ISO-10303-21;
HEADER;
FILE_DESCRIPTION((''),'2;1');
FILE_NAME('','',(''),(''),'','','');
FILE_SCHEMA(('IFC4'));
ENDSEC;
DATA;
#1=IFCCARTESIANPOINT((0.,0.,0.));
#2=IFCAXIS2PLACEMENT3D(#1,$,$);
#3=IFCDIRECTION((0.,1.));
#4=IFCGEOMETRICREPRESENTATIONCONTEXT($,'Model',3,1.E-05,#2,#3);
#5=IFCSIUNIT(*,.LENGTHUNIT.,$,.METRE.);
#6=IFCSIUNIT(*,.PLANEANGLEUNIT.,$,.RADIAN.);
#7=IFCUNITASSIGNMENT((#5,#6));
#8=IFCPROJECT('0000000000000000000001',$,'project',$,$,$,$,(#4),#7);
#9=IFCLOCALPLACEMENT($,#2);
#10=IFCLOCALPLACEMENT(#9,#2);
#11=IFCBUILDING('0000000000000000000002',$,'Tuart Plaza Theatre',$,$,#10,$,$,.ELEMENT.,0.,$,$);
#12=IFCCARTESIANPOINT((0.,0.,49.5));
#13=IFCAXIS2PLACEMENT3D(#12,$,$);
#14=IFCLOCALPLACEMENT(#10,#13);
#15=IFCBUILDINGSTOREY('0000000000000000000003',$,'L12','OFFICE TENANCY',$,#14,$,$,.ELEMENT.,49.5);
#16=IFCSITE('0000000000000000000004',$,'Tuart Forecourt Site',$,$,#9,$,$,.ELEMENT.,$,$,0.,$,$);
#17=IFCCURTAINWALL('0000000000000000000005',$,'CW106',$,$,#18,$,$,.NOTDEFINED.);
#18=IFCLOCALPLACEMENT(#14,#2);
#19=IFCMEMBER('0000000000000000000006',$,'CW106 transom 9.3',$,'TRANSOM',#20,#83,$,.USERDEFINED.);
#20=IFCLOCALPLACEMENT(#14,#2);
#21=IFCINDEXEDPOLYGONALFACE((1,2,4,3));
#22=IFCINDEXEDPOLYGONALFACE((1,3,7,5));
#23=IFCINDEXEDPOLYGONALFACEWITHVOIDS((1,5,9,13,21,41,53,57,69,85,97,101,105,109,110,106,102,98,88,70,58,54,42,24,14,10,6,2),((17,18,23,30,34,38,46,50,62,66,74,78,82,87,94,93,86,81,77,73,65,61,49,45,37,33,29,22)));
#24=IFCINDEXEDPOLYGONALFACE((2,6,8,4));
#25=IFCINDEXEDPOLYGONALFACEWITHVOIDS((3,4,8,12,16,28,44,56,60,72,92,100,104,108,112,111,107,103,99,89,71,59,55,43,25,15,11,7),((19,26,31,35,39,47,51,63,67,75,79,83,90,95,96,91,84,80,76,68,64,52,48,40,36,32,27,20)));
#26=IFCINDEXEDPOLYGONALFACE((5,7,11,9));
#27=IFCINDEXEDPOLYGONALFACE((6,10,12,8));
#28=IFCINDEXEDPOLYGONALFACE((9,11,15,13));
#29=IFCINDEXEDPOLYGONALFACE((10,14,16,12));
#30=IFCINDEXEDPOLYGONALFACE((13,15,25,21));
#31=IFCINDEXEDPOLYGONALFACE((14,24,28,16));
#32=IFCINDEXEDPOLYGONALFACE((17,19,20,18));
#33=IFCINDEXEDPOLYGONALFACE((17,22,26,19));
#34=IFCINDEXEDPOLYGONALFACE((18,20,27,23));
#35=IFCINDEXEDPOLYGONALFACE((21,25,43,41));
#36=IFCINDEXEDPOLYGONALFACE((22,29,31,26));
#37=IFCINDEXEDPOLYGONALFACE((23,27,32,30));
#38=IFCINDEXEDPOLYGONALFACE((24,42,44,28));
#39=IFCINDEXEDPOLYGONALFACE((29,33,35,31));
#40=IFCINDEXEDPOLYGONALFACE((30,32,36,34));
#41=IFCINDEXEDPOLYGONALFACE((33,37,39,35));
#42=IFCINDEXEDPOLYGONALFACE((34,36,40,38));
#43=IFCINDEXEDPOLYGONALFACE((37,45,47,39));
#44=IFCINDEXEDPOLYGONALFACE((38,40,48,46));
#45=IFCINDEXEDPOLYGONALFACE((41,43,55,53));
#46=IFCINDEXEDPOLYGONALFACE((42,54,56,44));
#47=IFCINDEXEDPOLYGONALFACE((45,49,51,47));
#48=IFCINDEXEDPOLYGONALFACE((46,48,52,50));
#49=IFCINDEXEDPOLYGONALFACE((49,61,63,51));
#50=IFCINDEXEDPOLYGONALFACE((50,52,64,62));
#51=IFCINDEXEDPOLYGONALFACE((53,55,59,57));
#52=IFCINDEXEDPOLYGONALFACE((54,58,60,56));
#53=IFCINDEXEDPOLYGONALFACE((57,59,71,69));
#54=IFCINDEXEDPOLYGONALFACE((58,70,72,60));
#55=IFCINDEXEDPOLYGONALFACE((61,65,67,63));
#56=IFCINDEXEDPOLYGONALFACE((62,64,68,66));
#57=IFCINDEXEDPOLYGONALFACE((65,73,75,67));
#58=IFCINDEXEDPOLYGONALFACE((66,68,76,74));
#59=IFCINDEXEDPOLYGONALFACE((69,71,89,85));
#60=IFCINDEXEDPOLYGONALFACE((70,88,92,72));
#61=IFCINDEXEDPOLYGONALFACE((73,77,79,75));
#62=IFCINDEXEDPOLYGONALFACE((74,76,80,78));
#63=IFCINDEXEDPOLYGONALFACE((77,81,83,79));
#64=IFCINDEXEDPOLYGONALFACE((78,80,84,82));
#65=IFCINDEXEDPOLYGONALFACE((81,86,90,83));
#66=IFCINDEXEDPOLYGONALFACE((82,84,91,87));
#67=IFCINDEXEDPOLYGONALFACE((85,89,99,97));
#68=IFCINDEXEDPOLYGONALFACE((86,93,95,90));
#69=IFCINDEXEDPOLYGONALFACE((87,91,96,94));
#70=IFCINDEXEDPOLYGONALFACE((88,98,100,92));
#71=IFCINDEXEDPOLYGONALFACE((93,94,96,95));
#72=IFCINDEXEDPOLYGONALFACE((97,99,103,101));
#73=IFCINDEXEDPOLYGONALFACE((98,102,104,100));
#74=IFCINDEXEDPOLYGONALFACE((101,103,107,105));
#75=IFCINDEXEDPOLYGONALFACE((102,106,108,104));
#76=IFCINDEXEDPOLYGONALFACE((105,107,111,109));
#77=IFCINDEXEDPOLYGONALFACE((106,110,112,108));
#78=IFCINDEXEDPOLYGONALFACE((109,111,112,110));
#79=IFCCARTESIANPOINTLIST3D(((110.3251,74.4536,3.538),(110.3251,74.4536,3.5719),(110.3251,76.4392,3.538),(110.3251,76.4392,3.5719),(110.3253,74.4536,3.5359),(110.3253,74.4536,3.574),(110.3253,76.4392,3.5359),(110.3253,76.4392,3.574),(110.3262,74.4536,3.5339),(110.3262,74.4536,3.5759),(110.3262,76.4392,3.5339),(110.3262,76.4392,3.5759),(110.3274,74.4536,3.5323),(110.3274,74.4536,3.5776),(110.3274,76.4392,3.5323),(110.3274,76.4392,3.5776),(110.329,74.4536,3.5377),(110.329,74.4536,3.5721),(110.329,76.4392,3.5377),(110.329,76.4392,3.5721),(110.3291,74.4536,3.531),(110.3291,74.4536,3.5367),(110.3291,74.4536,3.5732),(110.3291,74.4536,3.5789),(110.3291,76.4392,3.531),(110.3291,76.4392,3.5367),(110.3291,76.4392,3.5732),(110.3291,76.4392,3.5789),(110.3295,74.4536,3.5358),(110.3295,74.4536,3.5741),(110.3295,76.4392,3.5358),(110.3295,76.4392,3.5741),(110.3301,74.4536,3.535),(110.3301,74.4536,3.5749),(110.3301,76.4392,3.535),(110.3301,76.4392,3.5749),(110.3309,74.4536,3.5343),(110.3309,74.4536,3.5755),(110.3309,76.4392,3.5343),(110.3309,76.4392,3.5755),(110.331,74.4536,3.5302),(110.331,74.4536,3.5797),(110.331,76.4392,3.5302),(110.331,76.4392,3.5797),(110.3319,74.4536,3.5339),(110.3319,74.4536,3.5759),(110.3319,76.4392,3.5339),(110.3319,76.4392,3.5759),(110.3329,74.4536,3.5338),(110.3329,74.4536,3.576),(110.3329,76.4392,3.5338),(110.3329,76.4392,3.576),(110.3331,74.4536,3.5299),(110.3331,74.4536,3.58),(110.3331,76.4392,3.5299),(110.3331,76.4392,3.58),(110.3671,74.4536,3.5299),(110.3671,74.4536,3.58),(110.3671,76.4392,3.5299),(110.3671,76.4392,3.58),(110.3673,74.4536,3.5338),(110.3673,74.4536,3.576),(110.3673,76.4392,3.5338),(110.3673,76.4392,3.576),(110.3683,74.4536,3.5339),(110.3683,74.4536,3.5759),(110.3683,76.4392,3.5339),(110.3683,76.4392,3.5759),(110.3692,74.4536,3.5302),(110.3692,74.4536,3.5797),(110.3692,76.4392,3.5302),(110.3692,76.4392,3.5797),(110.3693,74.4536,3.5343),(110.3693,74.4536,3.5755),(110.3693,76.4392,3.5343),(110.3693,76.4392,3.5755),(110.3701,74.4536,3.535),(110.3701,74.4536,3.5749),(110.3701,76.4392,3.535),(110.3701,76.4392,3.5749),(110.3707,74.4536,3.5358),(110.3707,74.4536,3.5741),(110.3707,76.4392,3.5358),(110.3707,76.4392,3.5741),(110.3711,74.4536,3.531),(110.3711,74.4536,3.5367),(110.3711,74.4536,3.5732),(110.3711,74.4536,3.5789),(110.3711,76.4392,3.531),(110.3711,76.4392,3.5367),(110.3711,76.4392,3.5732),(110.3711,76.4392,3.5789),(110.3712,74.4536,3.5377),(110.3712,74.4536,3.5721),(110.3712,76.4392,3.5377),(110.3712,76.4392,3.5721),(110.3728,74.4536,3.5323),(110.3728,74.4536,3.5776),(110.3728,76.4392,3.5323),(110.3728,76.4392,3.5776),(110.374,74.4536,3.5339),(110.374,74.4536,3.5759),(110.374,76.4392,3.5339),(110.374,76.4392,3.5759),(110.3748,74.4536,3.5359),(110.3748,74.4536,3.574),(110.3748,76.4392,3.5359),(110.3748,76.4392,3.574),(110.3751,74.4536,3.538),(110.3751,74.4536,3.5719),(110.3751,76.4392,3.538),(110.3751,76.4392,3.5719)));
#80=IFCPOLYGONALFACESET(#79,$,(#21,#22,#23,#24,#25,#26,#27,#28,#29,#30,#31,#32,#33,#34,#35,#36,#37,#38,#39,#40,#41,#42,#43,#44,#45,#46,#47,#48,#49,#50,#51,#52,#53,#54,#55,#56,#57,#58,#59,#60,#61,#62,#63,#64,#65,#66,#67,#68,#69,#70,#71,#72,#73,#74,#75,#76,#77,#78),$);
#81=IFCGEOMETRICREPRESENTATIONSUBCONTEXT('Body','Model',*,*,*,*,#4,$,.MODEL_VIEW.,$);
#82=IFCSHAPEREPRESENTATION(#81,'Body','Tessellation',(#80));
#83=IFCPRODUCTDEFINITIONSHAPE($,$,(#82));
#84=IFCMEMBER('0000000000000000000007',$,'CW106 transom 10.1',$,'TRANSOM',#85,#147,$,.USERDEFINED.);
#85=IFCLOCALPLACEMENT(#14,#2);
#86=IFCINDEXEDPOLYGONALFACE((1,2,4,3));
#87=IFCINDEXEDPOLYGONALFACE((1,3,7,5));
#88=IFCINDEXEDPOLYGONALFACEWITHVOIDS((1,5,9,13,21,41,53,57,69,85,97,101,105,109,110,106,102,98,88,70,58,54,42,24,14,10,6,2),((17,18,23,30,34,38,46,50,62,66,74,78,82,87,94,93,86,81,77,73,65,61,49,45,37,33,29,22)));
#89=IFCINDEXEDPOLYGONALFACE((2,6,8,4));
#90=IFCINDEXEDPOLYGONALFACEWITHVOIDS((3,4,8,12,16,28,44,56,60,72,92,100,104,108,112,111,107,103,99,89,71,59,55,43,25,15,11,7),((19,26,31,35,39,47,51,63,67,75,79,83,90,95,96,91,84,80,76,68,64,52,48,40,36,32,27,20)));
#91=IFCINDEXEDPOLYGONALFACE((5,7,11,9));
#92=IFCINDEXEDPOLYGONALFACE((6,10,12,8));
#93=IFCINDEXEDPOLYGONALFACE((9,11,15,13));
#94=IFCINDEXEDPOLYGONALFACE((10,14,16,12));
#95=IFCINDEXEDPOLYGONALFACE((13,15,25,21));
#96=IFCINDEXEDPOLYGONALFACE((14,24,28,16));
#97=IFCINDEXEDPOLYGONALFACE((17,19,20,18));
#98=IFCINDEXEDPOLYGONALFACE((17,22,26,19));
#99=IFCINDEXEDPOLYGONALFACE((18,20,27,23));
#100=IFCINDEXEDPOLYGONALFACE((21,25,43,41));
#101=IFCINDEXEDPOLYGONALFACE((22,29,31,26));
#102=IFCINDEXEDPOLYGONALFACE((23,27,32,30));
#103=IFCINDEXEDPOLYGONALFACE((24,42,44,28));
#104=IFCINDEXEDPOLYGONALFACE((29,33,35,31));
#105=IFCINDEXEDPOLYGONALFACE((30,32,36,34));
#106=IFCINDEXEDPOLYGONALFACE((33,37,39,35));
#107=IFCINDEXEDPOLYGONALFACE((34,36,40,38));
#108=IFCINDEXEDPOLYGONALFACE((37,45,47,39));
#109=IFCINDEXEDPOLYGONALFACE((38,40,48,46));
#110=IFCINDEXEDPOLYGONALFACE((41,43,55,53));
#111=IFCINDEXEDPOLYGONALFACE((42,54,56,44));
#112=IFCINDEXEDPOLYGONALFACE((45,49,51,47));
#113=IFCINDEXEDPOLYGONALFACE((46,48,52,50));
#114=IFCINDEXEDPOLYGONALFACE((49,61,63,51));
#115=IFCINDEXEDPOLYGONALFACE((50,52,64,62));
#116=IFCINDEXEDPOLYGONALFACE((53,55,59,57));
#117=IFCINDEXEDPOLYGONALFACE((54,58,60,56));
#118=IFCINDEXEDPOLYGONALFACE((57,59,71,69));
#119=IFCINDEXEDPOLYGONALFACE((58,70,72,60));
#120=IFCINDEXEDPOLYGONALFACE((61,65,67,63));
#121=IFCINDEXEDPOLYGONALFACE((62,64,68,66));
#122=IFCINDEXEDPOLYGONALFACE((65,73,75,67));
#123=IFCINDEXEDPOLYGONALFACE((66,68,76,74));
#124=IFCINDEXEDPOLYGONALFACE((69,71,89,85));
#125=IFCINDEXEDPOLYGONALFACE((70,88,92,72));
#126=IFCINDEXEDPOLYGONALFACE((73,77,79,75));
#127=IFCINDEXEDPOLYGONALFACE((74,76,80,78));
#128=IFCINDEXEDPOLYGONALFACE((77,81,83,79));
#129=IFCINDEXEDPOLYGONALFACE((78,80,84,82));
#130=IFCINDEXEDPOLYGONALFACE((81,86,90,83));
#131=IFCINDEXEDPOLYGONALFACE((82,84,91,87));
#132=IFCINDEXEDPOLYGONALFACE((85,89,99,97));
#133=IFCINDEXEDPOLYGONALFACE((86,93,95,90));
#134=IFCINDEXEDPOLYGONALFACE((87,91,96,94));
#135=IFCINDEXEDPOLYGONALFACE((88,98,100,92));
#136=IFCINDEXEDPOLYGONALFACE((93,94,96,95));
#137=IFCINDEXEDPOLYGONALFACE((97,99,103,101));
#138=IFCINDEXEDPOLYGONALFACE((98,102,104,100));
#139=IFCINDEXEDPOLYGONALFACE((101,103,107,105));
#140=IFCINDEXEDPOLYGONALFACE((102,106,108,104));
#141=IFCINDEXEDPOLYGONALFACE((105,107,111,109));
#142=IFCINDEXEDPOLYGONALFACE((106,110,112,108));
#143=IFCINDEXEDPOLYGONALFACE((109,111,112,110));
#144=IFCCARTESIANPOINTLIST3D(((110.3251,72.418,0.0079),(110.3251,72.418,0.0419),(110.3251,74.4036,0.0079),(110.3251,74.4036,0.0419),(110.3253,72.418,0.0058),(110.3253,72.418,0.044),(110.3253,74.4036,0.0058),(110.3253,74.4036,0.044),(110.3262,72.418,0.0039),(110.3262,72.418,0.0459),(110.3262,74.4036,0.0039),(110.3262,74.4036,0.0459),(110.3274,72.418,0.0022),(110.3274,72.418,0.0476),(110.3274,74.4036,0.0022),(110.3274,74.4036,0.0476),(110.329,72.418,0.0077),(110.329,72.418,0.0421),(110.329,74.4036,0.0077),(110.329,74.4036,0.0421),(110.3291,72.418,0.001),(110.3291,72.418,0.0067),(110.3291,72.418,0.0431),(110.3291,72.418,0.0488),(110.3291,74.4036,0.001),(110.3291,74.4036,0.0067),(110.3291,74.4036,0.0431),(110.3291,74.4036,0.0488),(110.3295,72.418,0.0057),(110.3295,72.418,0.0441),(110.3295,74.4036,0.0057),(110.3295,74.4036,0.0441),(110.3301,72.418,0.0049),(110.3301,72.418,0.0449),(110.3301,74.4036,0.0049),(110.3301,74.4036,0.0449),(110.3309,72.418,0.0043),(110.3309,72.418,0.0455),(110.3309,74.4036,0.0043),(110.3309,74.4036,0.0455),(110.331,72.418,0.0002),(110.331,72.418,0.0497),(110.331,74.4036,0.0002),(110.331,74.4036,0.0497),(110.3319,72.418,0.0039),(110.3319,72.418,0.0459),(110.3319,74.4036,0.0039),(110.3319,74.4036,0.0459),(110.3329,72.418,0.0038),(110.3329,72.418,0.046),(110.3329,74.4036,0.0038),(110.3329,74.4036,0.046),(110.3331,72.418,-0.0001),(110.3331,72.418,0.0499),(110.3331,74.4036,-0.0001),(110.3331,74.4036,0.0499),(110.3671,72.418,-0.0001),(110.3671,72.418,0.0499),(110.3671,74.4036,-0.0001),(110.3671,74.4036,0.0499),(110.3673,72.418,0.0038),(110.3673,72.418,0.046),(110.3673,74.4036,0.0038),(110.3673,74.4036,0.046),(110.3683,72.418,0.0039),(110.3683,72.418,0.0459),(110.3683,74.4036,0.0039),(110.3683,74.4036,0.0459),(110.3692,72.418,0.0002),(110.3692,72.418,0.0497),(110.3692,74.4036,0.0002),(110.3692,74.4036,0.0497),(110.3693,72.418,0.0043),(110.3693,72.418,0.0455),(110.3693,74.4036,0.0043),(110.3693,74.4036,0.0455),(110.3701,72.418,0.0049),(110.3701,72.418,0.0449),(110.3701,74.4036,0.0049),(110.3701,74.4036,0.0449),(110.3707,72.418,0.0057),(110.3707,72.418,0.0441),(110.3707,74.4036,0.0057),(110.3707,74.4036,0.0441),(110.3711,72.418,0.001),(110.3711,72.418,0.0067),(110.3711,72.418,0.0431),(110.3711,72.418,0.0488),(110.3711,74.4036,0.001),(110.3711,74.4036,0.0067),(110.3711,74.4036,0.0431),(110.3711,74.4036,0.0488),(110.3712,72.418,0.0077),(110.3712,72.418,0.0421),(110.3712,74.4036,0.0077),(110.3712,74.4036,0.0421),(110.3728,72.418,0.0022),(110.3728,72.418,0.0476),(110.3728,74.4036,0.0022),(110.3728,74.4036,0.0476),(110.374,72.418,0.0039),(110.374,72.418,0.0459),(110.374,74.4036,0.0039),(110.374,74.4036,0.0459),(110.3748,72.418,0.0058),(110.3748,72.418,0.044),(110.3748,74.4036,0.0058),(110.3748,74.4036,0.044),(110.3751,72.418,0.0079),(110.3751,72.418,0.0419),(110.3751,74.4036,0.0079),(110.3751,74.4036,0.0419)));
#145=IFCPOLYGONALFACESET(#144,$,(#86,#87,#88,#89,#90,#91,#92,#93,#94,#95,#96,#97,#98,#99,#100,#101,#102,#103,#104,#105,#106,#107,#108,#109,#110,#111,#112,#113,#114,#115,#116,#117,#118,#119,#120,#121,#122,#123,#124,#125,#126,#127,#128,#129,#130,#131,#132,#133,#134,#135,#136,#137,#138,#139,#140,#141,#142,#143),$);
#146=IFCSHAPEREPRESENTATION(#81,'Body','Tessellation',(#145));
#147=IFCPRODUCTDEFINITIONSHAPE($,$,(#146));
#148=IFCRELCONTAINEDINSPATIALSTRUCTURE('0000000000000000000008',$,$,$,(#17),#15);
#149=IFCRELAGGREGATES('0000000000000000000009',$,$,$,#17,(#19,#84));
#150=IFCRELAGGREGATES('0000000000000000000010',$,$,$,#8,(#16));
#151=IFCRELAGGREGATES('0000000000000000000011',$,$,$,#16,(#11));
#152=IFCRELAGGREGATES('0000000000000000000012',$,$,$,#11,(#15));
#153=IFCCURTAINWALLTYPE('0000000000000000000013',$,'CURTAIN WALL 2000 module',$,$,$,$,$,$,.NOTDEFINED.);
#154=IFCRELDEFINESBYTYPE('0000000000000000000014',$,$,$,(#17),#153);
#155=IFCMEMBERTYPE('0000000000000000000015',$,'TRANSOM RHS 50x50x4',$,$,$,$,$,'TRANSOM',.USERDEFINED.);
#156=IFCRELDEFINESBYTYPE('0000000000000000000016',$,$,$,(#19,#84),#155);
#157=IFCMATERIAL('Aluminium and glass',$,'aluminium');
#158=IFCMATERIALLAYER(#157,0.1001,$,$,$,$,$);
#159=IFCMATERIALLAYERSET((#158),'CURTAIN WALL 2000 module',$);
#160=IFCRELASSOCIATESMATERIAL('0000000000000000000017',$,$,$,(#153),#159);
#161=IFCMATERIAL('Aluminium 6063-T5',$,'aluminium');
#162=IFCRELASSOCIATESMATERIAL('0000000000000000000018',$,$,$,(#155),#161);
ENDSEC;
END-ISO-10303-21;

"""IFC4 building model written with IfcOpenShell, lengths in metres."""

from ifc_helpers import new_model, si_unit, direction, frame, origin, origin_2d, place, context, subcontext, project, spatial, hollow_rectangle, extrude, material, layer, layer_set, material_profile, profile_set, type_object, element, aggregate, save


model = new_model("IFC4")

# Units and contexts
model_context = context("Model", 3, precision=1e-05, world=origin(), true_north=direction((0.0, 1.0)))
body_context = subcontext(model_context, "Body", "Model", "MODEL_VIEW")
ifc_project = project(units=[si_unit("LENGTHUNIT", "METRE"), si_unit("PLANEANGLEUNIT", "RADIAN")], contexts=[model_context])

# Site, building, storey
site_placement = place(None, origin())
site = spatial("IfcSite", under=ifc_project, at=site_placement, Name="Tuart Forecourt Site", CompositionType="ELEMENT", RefElevation=0.0)
building_placement = place(site_placement, origin())
building = spatial("IfcBuilding", under=site, at=building_placement, Name="Tuart Plaza Theatre", CompositionType="ELEMENT", ElevationOfRefHeight=0.0)
storey_placement = place(building_placement, frame((0.0, 0.0, 49.5)))
storey = spatial("IfcBuildingStorey", under=building, at=storey_placement, Name="L12", Description="OFFICE TENANCY", CompositionType="ELEMENT", Elevation=49.5)

# Curtain wall, members
ifc_material_1 = material(Name="Aluminium and glass", Category="aluminium")
ifc_layer_1 = layer(ifc_material_1, 0.1001)
ifc_layer_set_1 = layer_set([ifc_layer_1], Name="CURTAIN WALL 2000 module")
curtain_wall_type = type_object("IfcCurtainWallType", Name="CURTAIN WALL 2000 module", PredefinedType="NOTDEFINED", material=ifc_layer_set_1)
curtain_wall_placement = place(storey_placement, origin())
curtain_wall = element("IfcCurtainWall", 1, at=curtain_wall_placement, inside=storey, type_object=curtain_wall_type, Name="CW106", PredefinedType="NOTDEFINED")
ifc_material_2 = material(Name="Aluminium 6063-T5", Category="aluminium")
ifc_material_profile = material_profile(ifc_material_2, hollow_rectangle(XDim=0.05, YDim=0.05, WallThickness=0.0039, InnerFilletRadius=0.0039, OuterFilletRadius=0.0081, at=origin_2d()), Name="RHS 50x50x4")
ifc_profile_set = profile_set([ifc_material_profile], Name="Aluminium 6063-T5")
member_type = type_object("IfcMemberType", Name="TRANSOM RHS 50x50x4", ElementType="TRANSOM", PredefinedType="USERDEFINED", material=ifc_profile_set)
member_1_placement = place(storey_placement, frame((110.3501, 76.4392, 3.5549), z_axis=(0.0, -1.0, 0.0), x_axis=(1.0, 0.0, 0.0)))
member_1 = element("IfcMember", 2, at=member_1_placement, type_object=member_type, Name="CW106 transom 9.3", ObjectType="TRANSOM", PredefinedType="USERDEFINED", context=body_context, shape_type="SweptSolid", body=[
    extrude(hollow_rectangle(XDim=0.05, YDim=0.05, WallThickness=0.0039, InnerFilletRadius=0.0039, OuterFilletRadius=0.0081, at=origin_2d()), origin(), (0.0, 0.0, 1.0), 1.9856),
])
member_2_placement = place(storey_placement, frame((110.3501, 74.4036, 0.0249), z_axis=(0.0, -1.0, 0.0), x_axis=(1.0, 0.0, 0.0)))
member_2 = element("IfcMember", 3, at=member_2_placement, type_object=member_type, Name="CW106 transom 10.1", ObjectType="TRANSOM", PredefinedType="USERDEFINED", context=body_context, shape_type="SweptSolid", body=[
    extrude(hollow_rectangle(XDim=0.05, YDim=0.05, WallThickness=0.0039, InnerFilletRadius=0.0039, OuterFilletRadius=0.0081, at=origin_2d()), origin(), (0.0, 0.0, 1.0), 1.9856),
])
aggregate(curtain_wall, [member_1, member_2])

save(model, "model.ifc")
